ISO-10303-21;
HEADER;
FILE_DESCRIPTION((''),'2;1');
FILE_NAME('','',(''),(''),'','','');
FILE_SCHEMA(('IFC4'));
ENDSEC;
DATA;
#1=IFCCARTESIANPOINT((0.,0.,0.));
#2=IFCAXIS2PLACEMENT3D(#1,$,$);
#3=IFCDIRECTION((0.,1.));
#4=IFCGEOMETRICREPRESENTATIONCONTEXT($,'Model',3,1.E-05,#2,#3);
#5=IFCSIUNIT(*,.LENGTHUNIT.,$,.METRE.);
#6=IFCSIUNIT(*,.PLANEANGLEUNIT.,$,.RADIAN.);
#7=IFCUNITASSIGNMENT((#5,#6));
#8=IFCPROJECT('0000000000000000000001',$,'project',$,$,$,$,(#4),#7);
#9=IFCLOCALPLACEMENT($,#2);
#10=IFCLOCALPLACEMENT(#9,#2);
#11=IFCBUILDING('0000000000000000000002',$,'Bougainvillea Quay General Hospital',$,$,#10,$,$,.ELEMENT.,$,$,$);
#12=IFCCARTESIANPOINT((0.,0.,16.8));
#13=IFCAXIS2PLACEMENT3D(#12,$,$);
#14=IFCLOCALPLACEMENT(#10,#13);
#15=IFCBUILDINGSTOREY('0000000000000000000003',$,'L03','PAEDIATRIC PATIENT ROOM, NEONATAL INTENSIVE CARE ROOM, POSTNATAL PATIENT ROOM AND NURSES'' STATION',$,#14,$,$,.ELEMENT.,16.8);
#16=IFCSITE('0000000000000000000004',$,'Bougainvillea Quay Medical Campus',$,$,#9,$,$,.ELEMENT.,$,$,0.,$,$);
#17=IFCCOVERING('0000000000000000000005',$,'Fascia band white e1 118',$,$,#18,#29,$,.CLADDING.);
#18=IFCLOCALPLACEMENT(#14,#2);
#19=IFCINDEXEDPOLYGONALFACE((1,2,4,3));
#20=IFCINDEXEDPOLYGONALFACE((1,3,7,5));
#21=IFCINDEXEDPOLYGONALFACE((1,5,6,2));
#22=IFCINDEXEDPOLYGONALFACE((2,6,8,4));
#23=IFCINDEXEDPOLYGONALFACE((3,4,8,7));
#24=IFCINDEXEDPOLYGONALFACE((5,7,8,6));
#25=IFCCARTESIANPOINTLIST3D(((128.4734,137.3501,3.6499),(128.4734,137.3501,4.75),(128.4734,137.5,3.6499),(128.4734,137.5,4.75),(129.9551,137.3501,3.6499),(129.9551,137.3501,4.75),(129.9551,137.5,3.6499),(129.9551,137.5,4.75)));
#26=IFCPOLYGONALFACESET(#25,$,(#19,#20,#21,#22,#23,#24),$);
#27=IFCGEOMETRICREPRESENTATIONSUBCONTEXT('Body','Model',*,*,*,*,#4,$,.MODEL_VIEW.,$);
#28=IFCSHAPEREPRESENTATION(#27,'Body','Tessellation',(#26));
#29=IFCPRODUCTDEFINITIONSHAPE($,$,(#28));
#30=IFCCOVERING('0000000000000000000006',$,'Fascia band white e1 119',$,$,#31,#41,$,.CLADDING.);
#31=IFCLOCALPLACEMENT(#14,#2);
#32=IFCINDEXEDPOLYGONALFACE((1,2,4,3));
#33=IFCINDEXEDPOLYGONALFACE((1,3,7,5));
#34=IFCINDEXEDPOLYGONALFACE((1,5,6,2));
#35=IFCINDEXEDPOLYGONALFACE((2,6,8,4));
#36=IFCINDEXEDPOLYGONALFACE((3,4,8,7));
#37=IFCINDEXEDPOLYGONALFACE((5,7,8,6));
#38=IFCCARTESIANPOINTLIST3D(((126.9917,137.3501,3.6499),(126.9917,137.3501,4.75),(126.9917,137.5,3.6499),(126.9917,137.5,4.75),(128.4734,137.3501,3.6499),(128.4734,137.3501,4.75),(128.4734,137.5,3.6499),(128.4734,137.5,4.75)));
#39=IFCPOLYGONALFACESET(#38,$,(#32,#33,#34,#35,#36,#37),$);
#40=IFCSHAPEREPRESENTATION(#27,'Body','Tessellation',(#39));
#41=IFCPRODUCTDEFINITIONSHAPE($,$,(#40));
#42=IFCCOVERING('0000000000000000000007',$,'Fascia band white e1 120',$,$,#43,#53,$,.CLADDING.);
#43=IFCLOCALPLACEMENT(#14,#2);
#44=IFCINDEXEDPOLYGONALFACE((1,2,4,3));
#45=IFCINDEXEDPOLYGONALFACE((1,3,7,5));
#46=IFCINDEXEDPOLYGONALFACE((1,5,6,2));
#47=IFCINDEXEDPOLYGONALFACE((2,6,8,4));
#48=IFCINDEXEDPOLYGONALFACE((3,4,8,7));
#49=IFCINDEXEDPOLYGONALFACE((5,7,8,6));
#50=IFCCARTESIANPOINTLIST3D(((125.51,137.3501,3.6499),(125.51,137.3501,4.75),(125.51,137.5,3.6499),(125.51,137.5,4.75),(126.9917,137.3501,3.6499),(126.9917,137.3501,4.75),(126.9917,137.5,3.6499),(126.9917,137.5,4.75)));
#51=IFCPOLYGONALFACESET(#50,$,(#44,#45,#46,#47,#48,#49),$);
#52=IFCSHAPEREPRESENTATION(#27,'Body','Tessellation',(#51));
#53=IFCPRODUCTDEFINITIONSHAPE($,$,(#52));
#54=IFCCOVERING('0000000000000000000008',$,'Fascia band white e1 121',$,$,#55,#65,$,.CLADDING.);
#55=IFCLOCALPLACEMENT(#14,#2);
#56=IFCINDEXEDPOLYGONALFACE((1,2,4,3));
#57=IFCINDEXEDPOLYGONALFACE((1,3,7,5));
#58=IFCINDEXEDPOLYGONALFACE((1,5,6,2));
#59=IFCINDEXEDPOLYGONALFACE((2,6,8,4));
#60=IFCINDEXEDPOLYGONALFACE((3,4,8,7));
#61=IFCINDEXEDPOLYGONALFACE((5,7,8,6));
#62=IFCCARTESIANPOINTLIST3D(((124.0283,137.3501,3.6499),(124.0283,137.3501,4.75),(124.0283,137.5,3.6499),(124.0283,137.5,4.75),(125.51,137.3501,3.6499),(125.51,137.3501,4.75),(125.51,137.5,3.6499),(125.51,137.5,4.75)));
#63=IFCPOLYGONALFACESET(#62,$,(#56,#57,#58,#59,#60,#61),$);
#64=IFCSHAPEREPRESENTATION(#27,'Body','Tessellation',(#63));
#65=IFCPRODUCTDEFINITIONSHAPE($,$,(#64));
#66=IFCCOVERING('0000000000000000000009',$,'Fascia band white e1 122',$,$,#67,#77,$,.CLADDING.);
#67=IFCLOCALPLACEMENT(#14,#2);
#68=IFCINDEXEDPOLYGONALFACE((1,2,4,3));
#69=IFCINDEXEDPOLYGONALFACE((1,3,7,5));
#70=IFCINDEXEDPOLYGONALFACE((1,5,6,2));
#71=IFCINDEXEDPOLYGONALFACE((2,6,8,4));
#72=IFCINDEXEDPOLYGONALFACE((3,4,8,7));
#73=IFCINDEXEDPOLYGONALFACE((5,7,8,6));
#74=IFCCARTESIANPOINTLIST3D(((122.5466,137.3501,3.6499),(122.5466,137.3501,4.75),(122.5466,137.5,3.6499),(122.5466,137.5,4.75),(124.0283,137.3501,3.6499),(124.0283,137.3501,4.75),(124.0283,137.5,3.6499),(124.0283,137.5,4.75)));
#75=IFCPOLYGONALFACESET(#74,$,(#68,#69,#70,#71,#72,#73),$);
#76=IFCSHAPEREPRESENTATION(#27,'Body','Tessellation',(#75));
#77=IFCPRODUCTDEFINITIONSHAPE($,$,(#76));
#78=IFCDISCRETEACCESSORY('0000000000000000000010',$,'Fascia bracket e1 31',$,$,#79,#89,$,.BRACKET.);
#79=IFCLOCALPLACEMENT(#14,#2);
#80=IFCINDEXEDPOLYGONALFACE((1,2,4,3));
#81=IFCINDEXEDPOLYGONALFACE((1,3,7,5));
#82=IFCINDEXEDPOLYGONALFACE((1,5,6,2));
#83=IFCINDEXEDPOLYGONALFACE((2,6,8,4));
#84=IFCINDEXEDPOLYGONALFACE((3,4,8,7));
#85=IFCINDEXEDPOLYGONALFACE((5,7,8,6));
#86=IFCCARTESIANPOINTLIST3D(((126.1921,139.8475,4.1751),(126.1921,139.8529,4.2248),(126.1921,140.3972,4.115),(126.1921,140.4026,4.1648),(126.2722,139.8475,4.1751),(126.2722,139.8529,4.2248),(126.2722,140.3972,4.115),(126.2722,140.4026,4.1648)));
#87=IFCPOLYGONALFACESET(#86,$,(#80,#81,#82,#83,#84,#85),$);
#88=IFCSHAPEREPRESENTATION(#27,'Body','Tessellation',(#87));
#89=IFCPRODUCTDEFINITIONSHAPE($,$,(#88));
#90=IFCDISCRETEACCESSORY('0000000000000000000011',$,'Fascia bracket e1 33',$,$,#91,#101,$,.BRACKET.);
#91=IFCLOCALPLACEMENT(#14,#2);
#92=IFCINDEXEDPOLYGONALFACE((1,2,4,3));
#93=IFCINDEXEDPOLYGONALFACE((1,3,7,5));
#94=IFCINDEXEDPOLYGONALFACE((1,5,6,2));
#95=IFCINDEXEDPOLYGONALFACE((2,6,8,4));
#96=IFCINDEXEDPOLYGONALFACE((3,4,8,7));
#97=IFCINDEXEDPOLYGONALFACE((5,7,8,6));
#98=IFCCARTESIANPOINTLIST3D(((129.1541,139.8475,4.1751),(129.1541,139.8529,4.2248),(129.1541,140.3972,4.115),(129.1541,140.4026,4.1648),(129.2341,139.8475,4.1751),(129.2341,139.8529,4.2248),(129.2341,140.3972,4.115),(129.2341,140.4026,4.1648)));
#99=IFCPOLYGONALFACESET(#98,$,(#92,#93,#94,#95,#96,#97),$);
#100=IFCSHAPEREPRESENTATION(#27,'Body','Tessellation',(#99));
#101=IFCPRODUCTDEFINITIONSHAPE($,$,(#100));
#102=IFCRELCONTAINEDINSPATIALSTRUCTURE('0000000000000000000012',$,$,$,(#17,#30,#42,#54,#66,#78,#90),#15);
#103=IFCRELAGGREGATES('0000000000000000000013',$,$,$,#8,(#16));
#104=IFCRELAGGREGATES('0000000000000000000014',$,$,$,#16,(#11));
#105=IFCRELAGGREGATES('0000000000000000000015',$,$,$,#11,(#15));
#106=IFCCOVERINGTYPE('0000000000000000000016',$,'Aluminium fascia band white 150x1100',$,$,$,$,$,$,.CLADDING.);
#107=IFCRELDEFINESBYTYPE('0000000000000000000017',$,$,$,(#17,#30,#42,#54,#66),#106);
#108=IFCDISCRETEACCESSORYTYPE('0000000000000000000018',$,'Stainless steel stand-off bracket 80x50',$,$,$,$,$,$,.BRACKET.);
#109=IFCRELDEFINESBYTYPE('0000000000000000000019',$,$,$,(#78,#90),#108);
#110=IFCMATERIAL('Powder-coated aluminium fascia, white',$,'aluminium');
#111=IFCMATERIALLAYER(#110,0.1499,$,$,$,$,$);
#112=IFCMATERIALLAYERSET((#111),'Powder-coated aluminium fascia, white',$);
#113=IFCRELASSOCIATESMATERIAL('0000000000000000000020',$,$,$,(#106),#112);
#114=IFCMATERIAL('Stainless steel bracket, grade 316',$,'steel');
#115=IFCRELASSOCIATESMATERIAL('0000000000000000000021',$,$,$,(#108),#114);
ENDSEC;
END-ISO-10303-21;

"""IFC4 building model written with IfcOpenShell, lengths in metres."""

from ifc_helpers import new_model, si_unit, direction, frame, origin, origin_2d, place, context, subcontext, project, spatial, polyline, rectangle, outline, extrude, material, layer, layer_set, material_profile, profile_set, type_object, element, save


model = new_model("IFC4")

# Units and contexts
model_context = context("Model", 3, precision=1e-05, world=origin(), true_north=direction((0.0, 1.0)))
body_context = subcontext(model_context, "Body", "Model", "MODEL_VIEW")
ifc_project = project(units=[si_unit("LENGTHUNIT", "METRE"), si_unit("PLANEANGLEUNIT", "RADIAN")], contexts=[model_context])

# Site, building, storey
site_placement = place(None, origin())
site = spatial("IfcSite", under=ifc_project, at=site_placement, Name="Bougainvillea Quay Medical Campus", CompositionType="ELEMENT", RefElevation=0.0)
building_placement = place(site_placement, origin())
building = spatial("IfcBuilding", under=site, at=building_placement, Name="Bougainvillea Quay General Hospital", CompositionType="ELEMENT")
storey_placement = place(building_placement, frame((0.0, 0.0, 16.8)))
storey = spatial("IfcBuildingStorey", under=building, at=storey_placement, Name="L03", Description="PAEDIATRIC PATIENT ROOM, NEONATAL INTENSIVE CARE ROOM, POSTNATAL PATIENT ROOM AND NURSES' STATION", CompositionType="ELEMENT", Elevation=16.8)

# Coverings
ifc_material_1 = material(Name="Powder-coated aluminium fascia, white", Category="aluminium")
ifc_layer_1 = layer(ifc_material_1, 0.1499)
ifc_layer_set_1 = layer_set([ifc_layer_1], Name="Powder-coated aluminium fascia, white")
covering_type = type_object("IfcCoveringType", Name="Aluminium fascia band white 150x1100", PredefinedType="CLADDING", material=ifc_layer_set_1)
for number, where, z_axis, x_axis, name in (
    (1, (129.9551, 137.3501, 3.6499), (0.0, 0.0, 1.0), (-1.0, 0.0, 0.0), "Fascia band white e1 118"),
    (2, (128.4734, 137.3501, 3.6499), (0.0, 0.0, 1.0), (-1.0, 0.0, 0.0), "Fascia band white e1 119"),
    (3, (126.9917, 137.3501, 3.6499), (0.0, 0.0, 1.0), (-1.0, 0.0, 0.0), "Fascia band white e1 120"),
    (4, (125.51, 137.3501, 3.6499), (0.0, 0.0, 1.0), (-1.0, 0.0, 0.0), "Fascia band white e1 121"),
    (5, (124.0283, 137.3501, 3.6499), (0.0, 0.0, 1.0), (-1.0, 0.0, 0.0), "Fascia band white e1 122"),
):
    element("IfcCovering", number, at=place(storey_placement, frame(where, z_axis=z_axis, x_axis=x_axis)), inside=storey, type_object=covering_type, Name=name, PredefinedType="CLADDING", context=body_context, shape_type="SweptSolid", body=[
        extrude(outline(polyline([(0.0, 0.0), (1.4817, 0.0), (1.4817, -0.1499), (0.0, -0.1499), (0.0, 0.0)])), origin(), (0.0, 0.0, 1.0), 1.1001),
    ])

# Discrete accessories
ifc_material_2 = material(Name="Stainless steel bracket, grade 316", Category="steel")
ifc_material_profile_1 = material_profile(ifc_material_2, rectangle(XDim=0.0801, YDim=0.05, at=origin_2d()))
ifc_profile_set_1 = profile_set([ifc_material_profile_1], Name="Stainless steel bracket, grade 316")
discrete_accessory_type = type_object("IfcDiscreteAccessoryType", Name="Stainless steel stand-off bracket 80x50", PredefinedType="BRACKET", material=ifc_profile_set_1)
for number, where, z_axis, x_axis, name in (
    (6, (126.2322, 140.3999, 4.1399), (0.0, -0.994087, 0.10859), (1.0, 0.0, 0.0), "Fascia bracket e1 31"),
    (7, (129.1941, 140.3999, 4.1399), (0.0, -0.994087, 0.10859), (1.0, 0.0, 0.0), "Fascia bracket e1 33"),
):
    element("IfcDiscreteAccessory", number, at=place(storey_placement, frame(where, z_axis=z_axis, x_axis=x_axis)), inside=storey, type_object=discrete_accessory_type, Name=name, PredefinedType="BRACKET", context=body_context, shape_type="SweptSolid", body=[
        extrude(rectangle(XDim=0.0801, YDim=0.05, at=origin_2d()), origin(), (0.0, 0.0, 1.0), 0.553),
    ])

save(model, "model.ifc")
